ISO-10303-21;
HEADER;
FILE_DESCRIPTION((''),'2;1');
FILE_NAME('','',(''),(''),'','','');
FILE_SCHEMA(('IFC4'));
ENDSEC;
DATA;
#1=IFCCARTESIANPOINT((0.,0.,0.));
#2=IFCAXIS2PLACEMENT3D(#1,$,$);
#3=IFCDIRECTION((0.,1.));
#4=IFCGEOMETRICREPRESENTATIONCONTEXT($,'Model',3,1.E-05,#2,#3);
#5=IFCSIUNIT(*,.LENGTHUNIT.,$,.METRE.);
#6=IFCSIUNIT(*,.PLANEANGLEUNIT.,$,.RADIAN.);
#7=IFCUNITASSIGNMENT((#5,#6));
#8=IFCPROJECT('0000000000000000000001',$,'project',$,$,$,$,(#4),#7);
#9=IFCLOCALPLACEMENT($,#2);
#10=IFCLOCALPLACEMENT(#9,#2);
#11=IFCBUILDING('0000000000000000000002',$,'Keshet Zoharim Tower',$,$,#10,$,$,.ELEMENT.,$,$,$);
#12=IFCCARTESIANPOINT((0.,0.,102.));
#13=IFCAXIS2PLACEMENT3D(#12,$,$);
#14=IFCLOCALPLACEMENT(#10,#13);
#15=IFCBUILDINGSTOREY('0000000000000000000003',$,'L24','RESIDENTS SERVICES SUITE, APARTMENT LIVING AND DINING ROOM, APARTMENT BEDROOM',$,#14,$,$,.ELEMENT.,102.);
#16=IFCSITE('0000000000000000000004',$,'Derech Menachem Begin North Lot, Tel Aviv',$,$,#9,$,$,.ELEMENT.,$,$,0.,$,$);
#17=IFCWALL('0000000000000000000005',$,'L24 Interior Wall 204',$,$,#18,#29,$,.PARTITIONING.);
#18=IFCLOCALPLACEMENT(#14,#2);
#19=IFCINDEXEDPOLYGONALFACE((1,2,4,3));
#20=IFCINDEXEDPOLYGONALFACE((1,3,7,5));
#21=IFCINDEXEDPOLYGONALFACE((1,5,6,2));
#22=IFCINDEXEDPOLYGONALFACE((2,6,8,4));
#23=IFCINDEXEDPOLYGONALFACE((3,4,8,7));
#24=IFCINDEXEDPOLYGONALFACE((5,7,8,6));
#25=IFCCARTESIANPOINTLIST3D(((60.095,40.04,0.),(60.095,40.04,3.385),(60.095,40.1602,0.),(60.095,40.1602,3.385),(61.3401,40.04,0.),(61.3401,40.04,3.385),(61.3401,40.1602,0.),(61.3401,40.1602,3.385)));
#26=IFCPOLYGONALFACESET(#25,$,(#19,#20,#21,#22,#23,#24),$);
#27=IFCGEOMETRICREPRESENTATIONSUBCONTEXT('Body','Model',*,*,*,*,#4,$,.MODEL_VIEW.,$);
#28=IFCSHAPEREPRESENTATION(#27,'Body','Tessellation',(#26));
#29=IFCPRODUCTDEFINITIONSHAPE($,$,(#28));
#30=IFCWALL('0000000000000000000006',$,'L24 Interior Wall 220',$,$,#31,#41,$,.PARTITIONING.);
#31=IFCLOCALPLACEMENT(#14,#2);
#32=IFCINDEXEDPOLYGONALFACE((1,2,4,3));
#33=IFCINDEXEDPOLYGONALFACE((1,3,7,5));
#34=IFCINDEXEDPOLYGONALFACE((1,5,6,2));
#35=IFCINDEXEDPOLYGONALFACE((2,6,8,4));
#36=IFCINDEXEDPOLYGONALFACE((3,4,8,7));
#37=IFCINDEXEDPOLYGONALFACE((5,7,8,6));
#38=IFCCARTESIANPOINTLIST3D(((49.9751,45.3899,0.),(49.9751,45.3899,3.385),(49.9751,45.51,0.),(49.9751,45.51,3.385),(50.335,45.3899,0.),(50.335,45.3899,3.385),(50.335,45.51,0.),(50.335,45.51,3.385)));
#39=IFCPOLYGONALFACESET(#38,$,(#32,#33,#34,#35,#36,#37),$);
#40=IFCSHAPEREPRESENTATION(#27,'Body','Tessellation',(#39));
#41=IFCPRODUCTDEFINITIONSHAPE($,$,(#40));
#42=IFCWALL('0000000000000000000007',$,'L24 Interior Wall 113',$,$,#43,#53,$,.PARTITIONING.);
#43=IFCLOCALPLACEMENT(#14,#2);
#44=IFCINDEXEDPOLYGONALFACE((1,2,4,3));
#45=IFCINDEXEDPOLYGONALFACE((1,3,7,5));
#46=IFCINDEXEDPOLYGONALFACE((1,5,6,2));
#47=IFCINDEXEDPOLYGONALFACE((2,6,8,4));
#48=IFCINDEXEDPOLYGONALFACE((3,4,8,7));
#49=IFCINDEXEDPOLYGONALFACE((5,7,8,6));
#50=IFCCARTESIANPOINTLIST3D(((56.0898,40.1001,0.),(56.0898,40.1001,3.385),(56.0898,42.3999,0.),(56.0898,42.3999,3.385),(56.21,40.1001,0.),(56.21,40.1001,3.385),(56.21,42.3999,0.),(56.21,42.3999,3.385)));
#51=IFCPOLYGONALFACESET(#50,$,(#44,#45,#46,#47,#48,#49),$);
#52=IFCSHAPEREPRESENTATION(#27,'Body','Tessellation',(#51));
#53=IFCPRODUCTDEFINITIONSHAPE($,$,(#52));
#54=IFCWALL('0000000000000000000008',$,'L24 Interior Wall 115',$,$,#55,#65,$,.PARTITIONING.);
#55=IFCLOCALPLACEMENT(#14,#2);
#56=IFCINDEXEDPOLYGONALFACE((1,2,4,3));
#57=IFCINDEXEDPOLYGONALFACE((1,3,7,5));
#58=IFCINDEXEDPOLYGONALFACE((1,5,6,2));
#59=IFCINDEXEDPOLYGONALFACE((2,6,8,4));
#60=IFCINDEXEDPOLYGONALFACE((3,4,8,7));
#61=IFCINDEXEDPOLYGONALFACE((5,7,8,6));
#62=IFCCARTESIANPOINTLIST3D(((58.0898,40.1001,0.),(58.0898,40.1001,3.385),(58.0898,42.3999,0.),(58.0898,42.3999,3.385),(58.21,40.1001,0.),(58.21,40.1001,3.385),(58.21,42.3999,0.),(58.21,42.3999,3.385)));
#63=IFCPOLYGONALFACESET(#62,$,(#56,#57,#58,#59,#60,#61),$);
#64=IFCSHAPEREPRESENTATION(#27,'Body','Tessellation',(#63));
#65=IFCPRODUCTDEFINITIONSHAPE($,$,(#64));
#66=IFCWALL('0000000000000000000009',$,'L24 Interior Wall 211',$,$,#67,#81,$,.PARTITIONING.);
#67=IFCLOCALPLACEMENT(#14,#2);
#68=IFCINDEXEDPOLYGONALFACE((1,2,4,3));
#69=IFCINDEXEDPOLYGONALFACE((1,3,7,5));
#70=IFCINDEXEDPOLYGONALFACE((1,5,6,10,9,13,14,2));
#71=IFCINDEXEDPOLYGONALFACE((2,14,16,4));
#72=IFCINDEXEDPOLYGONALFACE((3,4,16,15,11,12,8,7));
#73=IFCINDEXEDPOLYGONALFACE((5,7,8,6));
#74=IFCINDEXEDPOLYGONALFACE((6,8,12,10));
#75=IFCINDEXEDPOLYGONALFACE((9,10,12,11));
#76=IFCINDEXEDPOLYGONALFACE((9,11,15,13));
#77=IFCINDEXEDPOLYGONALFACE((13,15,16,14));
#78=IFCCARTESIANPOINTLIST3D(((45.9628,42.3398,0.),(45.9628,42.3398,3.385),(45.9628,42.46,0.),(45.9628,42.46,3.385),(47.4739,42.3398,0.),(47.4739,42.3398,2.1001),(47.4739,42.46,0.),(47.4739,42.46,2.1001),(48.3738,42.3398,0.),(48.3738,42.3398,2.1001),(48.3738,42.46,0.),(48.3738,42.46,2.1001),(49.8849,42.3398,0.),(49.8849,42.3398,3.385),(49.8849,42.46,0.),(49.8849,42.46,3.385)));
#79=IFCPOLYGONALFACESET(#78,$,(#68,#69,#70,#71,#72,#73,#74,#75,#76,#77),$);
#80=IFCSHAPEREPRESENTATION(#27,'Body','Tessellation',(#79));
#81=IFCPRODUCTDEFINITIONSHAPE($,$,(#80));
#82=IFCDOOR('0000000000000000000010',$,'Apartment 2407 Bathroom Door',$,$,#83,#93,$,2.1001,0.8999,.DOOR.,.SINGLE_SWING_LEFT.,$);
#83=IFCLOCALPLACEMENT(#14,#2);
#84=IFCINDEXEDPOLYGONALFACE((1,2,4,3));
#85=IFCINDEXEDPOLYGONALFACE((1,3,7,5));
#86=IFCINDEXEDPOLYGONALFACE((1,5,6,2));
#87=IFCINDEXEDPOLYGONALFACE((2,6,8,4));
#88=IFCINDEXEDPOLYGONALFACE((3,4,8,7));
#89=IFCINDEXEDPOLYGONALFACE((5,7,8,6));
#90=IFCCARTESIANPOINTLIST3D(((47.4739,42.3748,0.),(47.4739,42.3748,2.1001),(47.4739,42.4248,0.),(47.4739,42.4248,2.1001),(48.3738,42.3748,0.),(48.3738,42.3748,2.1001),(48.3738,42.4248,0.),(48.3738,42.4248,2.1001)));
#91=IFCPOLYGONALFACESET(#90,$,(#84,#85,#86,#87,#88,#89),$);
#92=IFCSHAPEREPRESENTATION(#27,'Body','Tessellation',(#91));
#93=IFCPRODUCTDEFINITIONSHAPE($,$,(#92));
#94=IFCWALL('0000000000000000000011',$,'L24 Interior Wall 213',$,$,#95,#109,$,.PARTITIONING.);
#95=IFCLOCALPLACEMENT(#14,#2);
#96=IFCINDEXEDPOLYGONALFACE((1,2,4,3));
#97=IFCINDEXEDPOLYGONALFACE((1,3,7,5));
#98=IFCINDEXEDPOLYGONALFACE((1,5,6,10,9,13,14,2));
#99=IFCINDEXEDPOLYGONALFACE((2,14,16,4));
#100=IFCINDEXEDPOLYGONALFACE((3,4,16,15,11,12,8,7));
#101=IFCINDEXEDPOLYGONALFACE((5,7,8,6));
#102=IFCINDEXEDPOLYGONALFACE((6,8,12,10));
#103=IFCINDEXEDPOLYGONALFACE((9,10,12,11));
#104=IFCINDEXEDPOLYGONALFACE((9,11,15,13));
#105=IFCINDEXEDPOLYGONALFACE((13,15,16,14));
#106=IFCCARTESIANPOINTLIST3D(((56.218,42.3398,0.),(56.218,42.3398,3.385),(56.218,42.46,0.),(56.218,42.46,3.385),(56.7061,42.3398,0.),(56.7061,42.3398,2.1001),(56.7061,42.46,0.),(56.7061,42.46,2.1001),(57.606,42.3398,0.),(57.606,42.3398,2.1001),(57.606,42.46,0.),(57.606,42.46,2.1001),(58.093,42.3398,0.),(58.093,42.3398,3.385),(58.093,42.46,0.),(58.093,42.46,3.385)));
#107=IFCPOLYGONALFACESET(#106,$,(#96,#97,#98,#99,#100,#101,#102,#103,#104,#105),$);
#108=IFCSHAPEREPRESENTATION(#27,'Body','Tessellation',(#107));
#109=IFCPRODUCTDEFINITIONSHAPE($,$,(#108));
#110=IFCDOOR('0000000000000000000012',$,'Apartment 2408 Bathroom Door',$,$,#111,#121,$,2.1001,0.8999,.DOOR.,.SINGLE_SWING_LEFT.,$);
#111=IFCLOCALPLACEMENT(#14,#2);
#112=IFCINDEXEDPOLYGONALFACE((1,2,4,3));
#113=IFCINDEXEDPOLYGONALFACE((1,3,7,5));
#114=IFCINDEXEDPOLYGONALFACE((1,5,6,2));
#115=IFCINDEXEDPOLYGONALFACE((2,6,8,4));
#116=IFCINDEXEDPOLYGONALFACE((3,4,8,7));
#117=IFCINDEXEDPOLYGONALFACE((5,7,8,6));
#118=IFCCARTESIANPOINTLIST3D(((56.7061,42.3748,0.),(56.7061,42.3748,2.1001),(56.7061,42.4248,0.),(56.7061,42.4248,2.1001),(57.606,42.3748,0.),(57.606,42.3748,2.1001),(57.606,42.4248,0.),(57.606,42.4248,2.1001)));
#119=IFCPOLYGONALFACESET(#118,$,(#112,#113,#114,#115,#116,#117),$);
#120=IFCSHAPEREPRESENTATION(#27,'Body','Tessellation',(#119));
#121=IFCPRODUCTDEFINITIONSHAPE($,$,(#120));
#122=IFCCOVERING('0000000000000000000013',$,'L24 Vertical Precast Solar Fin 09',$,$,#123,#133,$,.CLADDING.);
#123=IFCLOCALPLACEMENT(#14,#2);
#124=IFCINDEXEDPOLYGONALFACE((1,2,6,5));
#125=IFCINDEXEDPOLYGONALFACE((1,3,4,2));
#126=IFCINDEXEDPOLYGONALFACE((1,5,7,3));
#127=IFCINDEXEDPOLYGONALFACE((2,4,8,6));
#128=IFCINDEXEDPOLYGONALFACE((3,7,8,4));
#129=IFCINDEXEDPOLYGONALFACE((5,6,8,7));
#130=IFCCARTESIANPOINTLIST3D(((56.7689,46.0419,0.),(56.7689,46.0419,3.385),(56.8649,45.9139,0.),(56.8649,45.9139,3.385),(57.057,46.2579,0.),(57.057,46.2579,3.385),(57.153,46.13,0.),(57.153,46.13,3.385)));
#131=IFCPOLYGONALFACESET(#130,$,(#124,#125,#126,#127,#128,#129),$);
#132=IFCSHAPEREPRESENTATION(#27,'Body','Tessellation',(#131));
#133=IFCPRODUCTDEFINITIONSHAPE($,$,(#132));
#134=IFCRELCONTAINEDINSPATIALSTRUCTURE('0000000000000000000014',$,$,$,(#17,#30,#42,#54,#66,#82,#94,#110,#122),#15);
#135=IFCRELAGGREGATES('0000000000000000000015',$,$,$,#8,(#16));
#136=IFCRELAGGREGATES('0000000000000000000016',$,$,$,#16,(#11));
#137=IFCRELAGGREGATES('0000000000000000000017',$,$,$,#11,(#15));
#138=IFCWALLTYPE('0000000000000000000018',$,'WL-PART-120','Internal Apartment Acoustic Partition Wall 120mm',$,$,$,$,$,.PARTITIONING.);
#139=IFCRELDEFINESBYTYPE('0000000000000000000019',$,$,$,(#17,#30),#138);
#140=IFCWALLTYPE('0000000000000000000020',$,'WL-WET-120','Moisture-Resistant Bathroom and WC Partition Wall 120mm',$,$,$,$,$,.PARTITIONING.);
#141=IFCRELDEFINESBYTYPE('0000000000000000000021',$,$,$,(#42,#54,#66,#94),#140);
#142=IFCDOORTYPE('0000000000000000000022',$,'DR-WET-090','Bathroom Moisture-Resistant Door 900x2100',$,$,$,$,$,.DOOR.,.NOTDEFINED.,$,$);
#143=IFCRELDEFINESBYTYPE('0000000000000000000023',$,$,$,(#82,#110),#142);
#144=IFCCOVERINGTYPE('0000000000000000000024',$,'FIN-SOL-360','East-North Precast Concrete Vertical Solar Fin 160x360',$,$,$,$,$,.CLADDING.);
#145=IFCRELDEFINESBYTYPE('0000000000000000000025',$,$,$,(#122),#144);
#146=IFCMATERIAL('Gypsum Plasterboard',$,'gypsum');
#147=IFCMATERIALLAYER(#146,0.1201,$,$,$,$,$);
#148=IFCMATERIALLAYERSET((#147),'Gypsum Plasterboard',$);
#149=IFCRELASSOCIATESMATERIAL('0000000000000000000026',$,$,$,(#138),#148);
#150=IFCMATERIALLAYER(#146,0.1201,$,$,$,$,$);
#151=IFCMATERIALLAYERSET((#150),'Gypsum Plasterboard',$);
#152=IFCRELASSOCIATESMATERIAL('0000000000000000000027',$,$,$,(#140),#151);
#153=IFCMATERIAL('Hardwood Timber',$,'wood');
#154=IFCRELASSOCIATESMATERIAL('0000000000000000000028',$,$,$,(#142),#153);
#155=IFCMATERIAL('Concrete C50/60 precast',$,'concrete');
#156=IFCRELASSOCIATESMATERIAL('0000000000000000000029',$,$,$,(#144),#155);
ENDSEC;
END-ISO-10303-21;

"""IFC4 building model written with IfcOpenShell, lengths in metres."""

from ifc_helpers import new_model, si_unit, direction, frame, frame_2d, origin, origin_2d, place, context, subcontext, project, spatial, rectangle, extrude, material, layer, layer_set, type_object, element, fill, save


model = new_model("IFC4")

# Units and contexts
model_context = context("Model", 3, precision=1e-05, world=origin(), true_north=direction((0.0, 1.0)))
body_context = subcontext(model_context, "Body", "Model", "MODEL_VIEW")
ifc_project = project(units=[si_unit("LENGTHUNIT", "METRE"), si_unit("PLANEANGLEUNIT", "RADIAN")], contexts=[model_context])

# Site, building, storey
site_placement = place(None, origin())
site = spatial("IfcSite", under=ifc_project, at=site_placement, Name="Derech Menachem Begin North Lot, Tel Aviv", CompositionType="ELEMENT", RefElevation=0.0)
building_placement = place(site_placement, origin())
building = spatial("IfcBuilding", under=site, at=building_placement, Name="Keshet Zoharim Tower", CompositionType="ELEMENT")
storey_placement = place(building_placement, frame((0.0, 0.0, 102.0)))
storey = spatial("IfcBuildingStorey", under=building, at=storey_placement, Name="L24", Description="RESIDENTS SERVICES SUITE, APARTMENT LIVING AND DINING ROOM, APARTMENT BEDROOM", CompositionType="ELEMENT", Elevation=102.0)

# Wall
ifc_material_1 = material(Name="Gypsum Plasterboard", Category="gypsum")
ifc_layer_1 = layer(ifc_material_1, 0.1201)
ifc_layer_set_1 = layer_set([ifc_layer_1], Name="Gypsum Plasterboard")
wall_type_1 = type_object("IfcWallType", Name="WL-PART-120", Description="Internal Apartment Acoustic Partition Wall 120mm", PredefinedType="PARTITIONING", material=ifc_layer_set_1)
wall_1_placement = place(storey_placement, frame((60.095, 40.1001, 0.0), z_axis=(0.0, 0.0, 1.0), x_axis=(1.0, 0.0, 0.0)))
element("IfcWall", 1, at=wall_1_placement, inside=storey, type_object=wall_type_1, Name="L24 Interior Wall 204", PredefinedType="PARTITIONING", context=body_context, shape_type="SweptSolid", body=[
    extrude(rectangle(XDim=1.2451, YDim=0.1201, at=frame_2d((0.6226, 0.0))), origin(), (0.0, 0.0, 1.0), 3.385),
])

# Shared definitions
ifc_material_2 = material(Name="Hardwood Timber", Category="wood")

# Walls
wall_2_placement = place(storey_placement, frame((49.9751, 45.45, 0.0), z_axis=(0.0, 0.0, 1.0), x_axis=(1.0, 0.0, 0.0)))
element("IfcWall", 2, at=wall_2_placement, inside=storey, type_object=wall_type_1, Name="L24 Interior Wall 220", PredefinedType="PARTITIONING", context=body_context, shape_type="SweptSolid", body=[
    extrude(rectangle(XDim=0.3599, YDim=0.1201, at=frame_2d((0.1799, 0.0))), origin(), (0.0, 0.0, 1.0), 3.385),
])
ifc_layer_2 = layer(ifc_material_1, 0.1201)
ifc_layer_set_2 = layer_set([ifc_layer_2], Name="Gypsum Plasterboard")
wall_type_2 = type_object("IfcWallType", Name="WL-WET-120", Description="Moisture-Resistant Bathroom and WC Partition Wall 120mm", PredefinedType="PARTITIONING", material=ifc_layer_set_2)
for number, where, z_axis, x_axis, name in (
    (3, (56.1499, 40.1001, 0.0), (0.0, 0.0, 1.0), (0.0, 1.0, 0.0), "L24 Interior Wall 113"),
    (4, (58.1499, 40.1001, 0.0), (0.0, 0.0, 1.0), (0.0, 1.0, 0.0), "L24 Interior Wall 115"),
):
    element("IfcWall", number, at=place(storey_placement, frame(where, z_axis=z_axis, x_axis=x_axis)), inside=storey, type_object=wall_type_2, Name=name, PredefinedType="PARTITIONING", context=body_context, shape_type="SweptSolid", body=[
        extrude(rectangle(XDim=2.2998, YDim=0.1201, at=frame_2d((1.1499, 0.0))), origin(), (0.0, 0.0, 1.0), 3.385),
    ])

# Walls, openings, doors
wall_3_placement = place(storey_placement, frame((45.9629, 42.3999, 0.0), z_axis=(0.0, 0.0, 1.0), x_axis=(1.0, 0.0, 0.0)))
wall_3 = element("IfcWall", 5, at=wall_3_placement, inside=storey, type_object=wall_type_2, Name="L24 Interior Wall 211", PredefinedType="PARTITIONING", context=body_context, shape_type="SweptSolid", body=[
    extrude(rectangle(XDim=3.9221, YDim=0.1201, at=frame_2d((1.9609, 0.0))), origin(), (0.0, 0.0, 1.0), 3.385),
])
opening_1_placement = place(wall_3_placement, frame((1.511, 0.0, 0.0)))
opening_1 = element("IfcOpeningElement", 6, at=opening_1_placement, cuts=wall_3, PredefinedType="OPENING", context=body_context, shape_type="SweptSolid", body=[
    extrude(rectangle(XDim=0.8999, YDim=2.1001, at=frame_2d((0.45, 1.05))), frame((0.0, 0.0701, 0.0), z_axis=(0.0, -1.0, 0.0), x_axis=(1.0, 0.0, 0.0)), (0.0, 0.0, 1.0), 0.1401),
])
door_type_1 = type_object("IfcDoorType", Name="DR-WET-090", Description="Bathroom Moisture-Resistant Door 900x2100", OperationType="NOTDEFINED", PredefinedType="DOOR", material=ifc_material_2)
door_1_placement = place(opening_1_placement, origin())
door_1 = element("IfcDoor", 7, at=door_1_placement, inside=storey, type_object=door_type_1, Name="Apartment 2407 Bathroom Door", OperationType="SINGLE_SWING_LEFT", OverallHeight=2.1001, OverallWidth=0.8999, PredefinedType="DOOR", context=body_context, shape_type="SweptSolid", body=[
    extrude(rectangle(XDim=0.8999, YDim=2.1001, at=frame_2d((0.45, 1.05))), frame((0.0, 0.0249, 0.0), z_axis=(0.0, -1.0, 0.0), x_axis=(1.0, 0.0, 0.0)), (0.0, 0.0, 1.0), 0.05),
])
fill(opening_1, door_1)
wall_4_placement = place(storey_placement, frame((56.218, 42.3999, 0.0), z_axis=(0.0, 0.0, 1.0), x_axis=(1.0, 0.0, 0.0)))
wall_4 = element("IfcWall", 8, at=wall_4_placement, inside=storey, type_object=wall_type_2, Name="L24 Interior Wall 213", PredefinedType="PARTITIONING", context=body_context, shape_type="SweptSolid", body=[
    extrude(rectangle(XDim=1.875, YDim=0.1201, at=frame_2d((0.9375, 0.0))), origin(), (0.0, 0.0, 1.0), 3.385),
])
opening_2_placement = place(wall_4_placement, frame((0.488, 0.0, 0.0)))
opening_2 = element("IfcOpeningElement", 9, at=opening_2_placement, cuts=wall_4, PredefinedType="OPENING", context=body_context, shape_type="SweptSolid", body=[
    extrude(rectangle(XDim=0.8999, YDim=2.1001, at=frame_2d((0.45, 1.05))), frame((0.0, 0.0701, 0.0), z_axis=(0.0, -1.0, 0.0), x_axis=(1.0, 0.0, 0.0)), (0.0, 0.0, 1.0), 0.1401),
])
door_2_placement = place(opening_2_placement, origin())
door_2 = element("IfcDoor", 10, at=door_2_placement, inside=storey, type_object=door_type_1, Name="Apartment 2408 Bathroom Door", OperationType="SINGLE_SWING_LEFT", OverallHeight=2.1001, OverallWidth=0.8999, PredefinedType="DOOR", context=body_context, shape_type="SweptSolid", body=[
    extrude(rectangle(XDim=0.8999, YDim=2.1001, at=frame_2d((0.45, 1.05))), frame((0.0, 0.0249, 0.0), z_axis=(0.0, -1.0, 0.0), x_axis=(1.0, 0.0, 0.0)), (0.0, 0.0, 1.0), 0.05),
])
fill(opening_2, door_2)

# Covering
ifc_material_3 = material(Name="Concrete C50/60 precast", Category="concrete")
covering_type = type_object("IfcCoveringType", Name="FIN-SOL-360", Description="East-North Precast Concrete Vertical Solar Fin 160x360", PredefinedType="CLADDING", material=ifc_material_3)
covering_placement = place(storey_placement, frame((56.9609, 46.0859, 0.0), z_axis=(0.0, 0.0, 1.0), x_axis=(0.6, -0.8, 0.0)))
element("IfcCovering", 11, at=covering_placement, inside=storey, type_object=covering_type, Name="L24 Vertical Precast Solar Fin 09", PredefinedType="CLADDING", context=body_context, shape_type="SweptSolid", body=[
    extrude(rectangle(XDim=0.1599, YDim=0.3601, at=origin_2d()), origin(), (0.0, 0.0, 1.0), 3.385),
])

save(model, "model.ifc")
